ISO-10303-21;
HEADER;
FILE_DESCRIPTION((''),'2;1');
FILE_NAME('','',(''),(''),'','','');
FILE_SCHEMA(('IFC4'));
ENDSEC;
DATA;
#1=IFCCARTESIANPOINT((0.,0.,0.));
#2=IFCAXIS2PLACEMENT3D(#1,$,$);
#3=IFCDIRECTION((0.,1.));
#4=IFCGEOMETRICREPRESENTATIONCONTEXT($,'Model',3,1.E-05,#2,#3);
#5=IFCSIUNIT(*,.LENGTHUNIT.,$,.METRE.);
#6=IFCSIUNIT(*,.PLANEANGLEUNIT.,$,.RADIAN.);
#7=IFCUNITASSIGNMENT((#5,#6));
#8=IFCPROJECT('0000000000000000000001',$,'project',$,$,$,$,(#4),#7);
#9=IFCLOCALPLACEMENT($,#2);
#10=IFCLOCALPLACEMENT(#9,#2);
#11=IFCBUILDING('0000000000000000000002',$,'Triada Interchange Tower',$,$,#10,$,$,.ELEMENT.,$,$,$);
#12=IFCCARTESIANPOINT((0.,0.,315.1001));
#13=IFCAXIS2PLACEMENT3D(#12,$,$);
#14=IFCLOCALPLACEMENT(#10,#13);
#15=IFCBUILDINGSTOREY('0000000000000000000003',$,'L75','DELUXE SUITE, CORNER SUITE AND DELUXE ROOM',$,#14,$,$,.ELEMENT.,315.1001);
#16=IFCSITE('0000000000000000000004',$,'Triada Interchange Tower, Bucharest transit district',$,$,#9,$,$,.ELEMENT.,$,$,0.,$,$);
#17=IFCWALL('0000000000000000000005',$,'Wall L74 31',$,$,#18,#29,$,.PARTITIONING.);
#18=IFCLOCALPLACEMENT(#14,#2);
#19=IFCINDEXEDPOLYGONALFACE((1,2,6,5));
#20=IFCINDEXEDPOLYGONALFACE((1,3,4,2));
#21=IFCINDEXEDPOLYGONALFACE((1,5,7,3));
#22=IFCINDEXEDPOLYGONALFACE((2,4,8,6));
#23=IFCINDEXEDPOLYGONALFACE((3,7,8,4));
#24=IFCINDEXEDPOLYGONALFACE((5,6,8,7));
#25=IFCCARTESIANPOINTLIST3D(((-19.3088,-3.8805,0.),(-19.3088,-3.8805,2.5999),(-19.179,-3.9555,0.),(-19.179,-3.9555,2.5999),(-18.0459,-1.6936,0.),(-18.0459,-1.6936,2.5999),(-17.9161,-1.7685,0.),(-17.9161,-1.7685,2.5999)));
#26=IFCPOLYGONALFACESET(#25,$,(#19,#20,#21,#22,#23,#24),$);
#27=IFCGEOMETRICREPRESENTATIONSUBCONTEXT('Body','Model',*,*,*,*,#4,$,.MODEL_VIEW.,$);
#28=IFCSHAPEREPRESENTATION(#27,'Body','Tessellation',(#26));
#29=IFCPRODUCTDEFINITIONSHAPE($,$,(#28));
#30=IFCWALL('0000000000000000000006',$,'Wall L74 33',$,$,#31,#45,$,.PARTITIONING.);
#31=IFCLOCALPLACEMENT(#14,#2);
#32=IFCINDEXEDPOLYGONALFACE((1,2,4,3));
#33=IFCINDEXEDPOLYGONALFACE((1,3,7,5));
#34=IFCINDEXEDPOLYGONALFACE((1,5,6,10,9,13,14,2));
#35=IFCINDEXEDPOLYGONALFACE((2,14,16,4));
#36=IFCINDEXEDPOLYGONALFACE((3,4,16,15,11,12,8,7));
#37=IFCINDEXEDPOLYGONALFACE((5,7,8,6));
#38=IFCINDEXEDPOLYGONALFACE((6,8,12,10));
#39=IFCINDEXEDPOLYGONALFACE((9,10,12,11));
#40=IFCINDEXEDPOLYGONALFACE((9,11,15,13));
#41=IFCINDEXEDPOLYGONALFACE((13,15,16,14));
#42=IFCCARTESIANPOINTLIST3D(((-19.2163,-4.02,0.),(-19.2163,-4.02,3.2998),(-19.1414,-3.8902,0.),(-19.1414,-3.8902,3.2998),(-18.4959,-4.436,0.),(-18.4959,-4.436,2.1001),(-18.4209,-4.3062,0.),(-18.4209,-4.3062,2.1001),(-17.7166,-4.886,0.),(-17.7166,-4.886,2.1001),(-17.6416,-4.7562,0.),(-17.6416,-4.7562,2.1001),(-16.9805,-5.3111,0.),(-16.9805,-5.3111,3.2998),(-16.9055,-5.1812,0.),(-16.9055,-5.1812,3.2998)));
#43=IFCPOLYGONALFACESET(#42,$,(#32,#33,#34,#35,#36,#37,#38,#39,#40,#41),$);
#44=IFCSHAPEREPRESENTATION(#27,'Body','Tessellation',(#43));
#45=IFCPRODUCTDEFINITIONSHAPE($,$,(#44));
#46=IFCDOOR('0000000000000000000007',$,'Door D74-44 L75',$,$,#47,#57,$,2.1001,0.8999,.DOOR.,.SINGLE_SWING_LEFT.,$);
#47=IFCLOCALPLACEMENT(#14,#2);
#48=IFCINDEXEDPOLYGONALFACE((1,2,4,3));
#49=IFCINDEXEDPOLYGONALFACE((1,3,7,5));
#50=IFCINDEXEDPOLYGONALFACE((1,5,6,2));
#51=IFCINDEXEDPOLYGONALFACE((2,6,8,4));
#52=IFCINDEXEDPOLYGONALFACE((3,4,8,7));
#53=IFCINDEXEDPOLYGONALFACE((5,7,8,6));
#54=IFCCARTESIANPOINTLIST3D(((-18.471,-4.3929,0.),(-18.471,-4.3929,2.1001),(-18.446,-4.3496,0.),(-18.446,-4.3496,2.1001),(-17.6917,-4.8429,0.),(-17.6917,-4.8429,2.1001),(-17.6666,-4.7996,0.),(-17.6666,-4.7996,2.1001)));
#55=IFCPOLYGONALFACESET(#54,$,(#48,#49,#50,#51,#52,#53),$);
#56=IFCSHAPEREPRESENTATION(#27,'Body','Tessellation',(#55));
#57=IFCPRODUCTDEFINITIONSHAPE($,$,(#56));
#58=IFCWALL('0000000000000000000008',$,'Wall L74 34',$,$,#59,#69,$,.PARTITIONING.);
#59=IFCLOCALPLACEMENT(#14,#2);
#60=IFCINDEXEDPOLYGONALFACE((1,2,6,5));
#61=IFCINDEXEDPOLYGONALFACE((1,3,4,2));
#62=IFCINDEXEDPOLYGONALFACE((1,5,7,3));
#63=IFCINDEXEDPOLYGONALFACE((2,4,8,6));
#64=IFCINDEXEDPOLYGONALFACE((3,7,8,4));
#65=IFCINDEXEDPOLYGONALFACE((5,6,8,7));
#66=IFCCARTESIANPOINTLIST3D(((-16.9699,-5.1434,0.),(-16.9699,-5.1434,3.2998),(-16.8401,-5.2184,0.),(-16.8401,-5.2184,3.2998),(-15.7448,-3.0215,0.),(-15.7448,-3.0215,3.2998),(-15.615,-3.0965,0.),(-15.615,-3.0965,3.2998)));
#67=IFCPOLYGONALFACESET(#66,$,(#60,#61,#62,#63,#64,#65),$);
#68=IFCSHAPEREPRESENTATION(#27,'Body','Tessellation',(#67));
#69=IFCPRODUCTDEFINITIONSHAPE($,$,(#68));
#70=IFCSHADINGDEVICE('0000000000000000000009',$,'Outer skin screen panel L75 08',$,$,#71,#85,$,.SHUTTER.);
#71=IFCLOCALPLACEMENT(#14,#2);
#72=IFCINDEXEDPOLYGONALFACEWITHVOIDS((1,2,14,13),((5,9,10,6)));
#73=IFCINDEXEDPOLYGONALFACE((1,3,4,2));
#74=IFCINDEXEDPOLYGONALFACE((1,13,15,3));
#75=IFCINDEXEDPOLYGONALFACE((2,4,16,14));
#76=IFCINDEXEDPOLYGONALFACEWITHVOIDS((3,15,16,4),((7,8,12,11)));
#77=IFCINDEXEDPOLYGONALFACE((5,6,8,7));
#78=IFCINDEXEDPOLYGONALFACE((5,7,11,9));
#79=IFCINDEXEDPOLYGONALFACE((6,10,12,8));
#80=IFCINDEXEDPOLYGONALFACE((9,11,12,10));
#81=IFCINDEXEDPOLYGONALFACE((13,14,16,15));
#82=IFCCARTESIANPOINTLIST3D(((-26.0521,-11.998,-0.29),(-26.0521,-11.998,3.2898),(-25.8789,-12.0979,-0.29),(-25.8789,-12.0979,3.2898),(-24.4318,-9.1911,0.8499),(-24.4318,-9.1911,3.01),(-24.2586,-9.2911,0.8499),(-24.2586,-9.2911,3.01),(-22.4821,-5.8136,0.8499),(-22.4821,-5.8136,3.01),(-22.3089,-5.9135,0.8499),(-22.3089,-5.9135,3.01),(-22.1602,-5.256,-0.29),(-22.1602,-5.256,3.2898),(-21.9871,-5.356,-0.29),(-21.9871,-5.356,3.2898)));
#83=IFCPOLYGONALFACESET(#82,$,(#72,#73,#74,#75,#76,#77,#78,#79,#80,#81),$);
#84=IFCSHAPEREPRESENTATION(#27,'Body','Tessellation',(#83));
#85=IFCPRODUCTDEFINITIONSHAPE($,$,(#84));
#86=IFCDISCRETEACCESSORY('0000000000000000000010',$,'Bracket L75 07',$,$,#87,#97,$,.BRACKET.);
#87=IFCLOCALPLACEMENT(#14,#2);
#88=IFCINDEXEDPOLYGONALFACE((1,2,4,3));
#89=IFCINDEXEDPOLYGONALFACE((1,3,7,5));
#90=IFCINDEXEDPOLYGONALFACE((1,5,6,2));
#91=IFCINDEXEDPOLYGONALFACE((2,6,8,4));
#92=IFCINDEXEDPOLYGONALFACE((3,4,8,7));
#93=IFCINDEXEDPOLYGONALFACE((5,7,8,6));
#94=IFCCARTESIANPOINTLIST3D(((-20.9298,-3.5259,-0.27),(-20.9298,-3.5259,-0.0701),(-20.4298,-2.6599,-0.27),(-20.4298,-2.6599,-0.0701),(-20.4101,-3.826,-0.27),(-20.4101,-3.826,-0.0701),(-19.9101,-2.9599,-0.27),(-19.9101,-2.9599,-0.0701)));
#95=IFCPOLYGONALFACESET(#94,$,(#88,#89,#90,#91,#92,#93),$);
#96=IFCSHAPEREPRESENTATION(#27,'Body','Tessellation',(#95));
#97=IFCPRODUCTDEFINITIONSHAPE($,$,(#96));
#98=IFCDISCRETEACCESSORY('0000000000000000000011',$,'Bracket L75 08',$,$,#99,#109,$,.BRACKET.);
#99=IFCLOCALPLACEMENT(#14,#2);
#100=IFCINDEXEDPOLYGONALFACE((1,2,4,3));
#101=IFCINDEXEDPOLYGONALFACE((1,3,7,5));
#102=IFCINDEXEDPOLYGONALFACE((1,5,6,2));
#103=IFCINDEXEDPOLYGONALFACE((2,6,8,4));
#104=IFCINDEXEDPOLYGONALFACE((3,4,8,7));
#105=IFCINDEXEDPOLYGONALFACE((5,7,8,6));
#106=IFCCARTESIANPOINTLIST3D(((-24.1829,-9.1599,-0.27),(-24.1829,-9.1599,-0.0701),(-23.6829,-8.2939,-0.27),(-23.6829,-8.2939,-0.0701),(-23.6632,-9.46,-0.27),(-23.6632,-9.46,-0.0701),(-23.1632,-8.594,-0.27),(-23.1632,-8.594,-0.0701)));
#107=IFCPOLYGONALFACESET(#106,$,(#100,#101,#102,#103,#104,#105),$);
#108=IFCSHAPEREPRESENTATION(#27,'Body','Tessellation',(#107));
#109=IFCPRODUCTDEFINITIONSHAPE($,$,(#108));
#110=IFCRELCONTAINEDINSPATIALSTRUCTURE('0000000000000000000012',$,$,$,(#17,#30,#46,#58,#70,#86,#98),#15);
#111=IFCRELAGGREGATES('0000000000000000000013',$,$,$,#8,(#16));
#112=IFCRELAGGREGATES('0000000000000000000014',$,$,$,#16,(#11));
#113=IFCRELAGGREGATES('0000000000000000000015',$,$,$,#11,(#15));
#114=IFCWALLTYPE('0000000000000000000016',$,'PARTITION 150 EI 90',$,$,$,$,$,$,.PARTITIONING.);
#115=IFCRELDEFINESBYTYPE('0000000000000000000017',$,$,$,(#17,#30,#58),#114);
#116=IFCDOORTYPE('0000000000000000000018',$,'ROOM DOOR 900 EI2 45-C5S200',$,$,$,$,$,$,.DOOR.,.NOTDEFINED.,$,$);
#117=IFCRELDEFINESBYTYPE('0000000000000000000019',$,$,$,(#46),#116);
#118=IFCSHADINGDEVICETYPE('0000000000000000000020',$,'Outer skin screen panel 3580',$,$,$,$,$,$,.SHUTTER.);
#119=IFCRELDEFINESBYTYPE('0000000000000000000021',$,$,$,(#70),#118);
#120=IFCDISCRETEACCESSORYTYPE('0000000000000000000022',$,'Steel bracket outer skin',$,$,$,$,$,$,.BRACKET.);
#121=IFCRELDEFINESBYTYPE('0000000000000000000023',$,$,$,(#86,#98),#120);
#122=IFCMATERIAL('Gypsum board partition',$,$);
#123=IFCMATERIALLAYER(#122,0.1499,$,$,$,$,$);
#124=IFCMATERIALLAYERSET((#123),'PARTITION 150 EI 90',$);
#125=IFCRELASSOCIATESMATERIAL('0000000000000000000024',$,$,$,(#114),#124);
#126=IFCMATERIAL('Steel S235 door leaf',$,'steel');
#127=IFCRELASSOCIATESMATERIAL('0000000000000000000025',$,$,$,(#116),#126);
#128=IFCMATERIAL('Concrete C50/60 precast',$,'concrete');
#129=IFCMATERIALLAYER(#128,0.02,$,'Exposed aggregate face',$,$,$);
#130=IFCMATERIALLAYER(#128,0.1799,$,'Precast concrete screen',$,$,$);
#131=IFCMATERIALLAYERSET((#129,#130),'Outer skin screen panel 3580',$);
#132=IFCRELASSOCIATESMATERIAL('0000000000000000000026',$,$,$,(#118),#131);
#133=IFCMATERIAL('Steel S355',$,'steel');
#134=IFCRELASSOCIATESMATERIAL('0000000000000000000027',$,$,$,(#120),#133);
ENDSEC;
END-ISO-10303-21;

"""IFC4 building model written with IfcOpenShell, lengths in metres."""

from ifc_helpers import new_model, si_unit, direction, frame, frame_2d, origin, origin_2d, place, context, subcontext, project, spatial, polyline, rectangle, outline, extrude, material, layer, layer_set, type_object, element, fill, save


model = new_model("IFC4")

# Units and contexts
model_context = context("Model", 3, precision=1e-05, world=origin(), true_north=direction((0.0, 1.0)))
body_context = subcontext(model_context, "Body", "Model", "MODEL_VIEW")
ifc_project = project(units=[si_unit("LENGTHUNIT", "METRE"), si_unit("PLANEANGLEUNIT", "RADIAN")], contexts=[model_context])

# Site, building, storey
site_placement = place(None, origin())
site = spatial("IfcSite", under=ifc_project, at=site_placement, Name="Triada Interchange Tower, Bucharest transit district", CompositionType="ELEMENT", RefElevation=0.0)
building_placement = place(site_placement, origin())
building = spatial("IfcBuilding", under=site, at=building_placement, Name="Triada Interchange Tower", CompositionType="ELEMENT")
storey_placement = place(building_placement, frame((0.0, 0.0, 315.1001)))
storey = spatial("IfcBuildingStorey", under=building, at=storey_placement, Name="L75", Description="DELUXE SUITE, CORNER SUITE AND DELUXE ROOM", CompositionType="ELEMENT", Elevation=315.1001)

# Shared definitions
ifc_material_1 = material(Name="Gypsum board partition")
ifc_material_2 = material(Name="Steel S235 door leaf", Category="steel")

# Wall
ifc_layer_1 = layer(ifc_material_1, 0.1499)
ifc_layer_set_1 = layer_set([ifc_layer_1], Name="PARTITION 150 EI 90")
wall_type_1 = type_object("IfcWallType", Name="PARTITION 150 EI 90", PredefinedType="PARTITIONING", material=ifc_layer_set_1)
wall_1_placement = place(storey_placement, frame((-19.2439, -3.918, 0.0), z_axis=(0.0, 0.0, 1.0), x_axis=(0.500079, 0.86598, 0.0)))
element("IfcWall", 1, at=wall_1_placement, inside=storey, type_object=wall_type_1, Name="Wall L74 31", PredefinedType="PARTITIONING", context=body_context, shape_type="SweptSolid", body=[
    extrude(rectangle(XDim=2.5254, YDim=0.1499, at=frame_2d((1.2627, 0.0))), origin(), (0.0, 0.0, 1.0), 2.5999),
])

# Wall, opening, door
wall_2_placement = place(storey_placement, frame((-19.179, -3.9551, 0.0), z_axis=(0.0, 0.0, 1.0), x_axis=(0.866, -0.500044, 0.0)))
wall_2 = element("IfcWall", 2, at=wall_2_placement, inside=storey, type_object=wall_type_1, Name="Wall L74 33", PredefinedType="PARTITIONING", context=body_context, shape_type="SweptSolid", body=[
    extrude(rectangle(XDim=2.5818, YDim=0.1499, at=frame_2d((1.291, 0.0))), origin(), (0.0, 0.0, 1.0), 3.2998),
])
opening_1_placement = place(wall_2_placement, frame((0.832, 0.0, 0.0)))
opening_1 = element("IfcOpeningElement", 3, at=opening_1_placement, cuts=wall_2, PredefinedType="OPENING", context=body_context, shape_type="SweptSolid", body=[
    extrude(rectangle(XDim=0.8999, YDim=2.1001, at=frame_2d((0.45, 1.05))), frame((0.0, 0.085, 0.0), z_axis=(0.0, -1.0, 0.0), x_axis=(1.0, 0.0, 0.0)), (0.0, 0.0, 1.0), 0.1699),
])
door_type_1 = type_object("IfcDoorType", Name="ROOM DOOR 900 EI2 45-C5S200", OperationType="NOTDEFINED", PredefinedType="DOOR", material=ifc_material_2)
door_1_placement = place(opening_1_placement, origin())
door_1 = element("IfcDoor", 4, at=door_1_placement, inside=storey, type_object=door_type_1, Name="Door D74-44 L75", OperationType="SINGLE_SWING_LEFT", OverallHeight=2.1001, OverallWidth=0.8999, PredefinedType="DOOR", context=body_context, shape_type="SweptSolid", body=[
    extrude(rectangle(XDim=0.8999, YDim=2.1001, at=frame_2d((0.45, 1.05))), frame((0.0, 0.0249, 0.0), z_axis=(0.0, -1.0, 0.0), x_axis=(1.0, 0.0, 0.0)), (0.0, 0.0, 1.0), 0.05),
])
fill(opening_1, door_1)

# Wall
wall_3_placement = place(storey_placement, frame((-16.905, -5.1809, 0.0), z_axis=(0.0, 0.0, 1.0), x_axis=(0.500019, 0.866015, 0.0)))
element("IfcWall", 5, at=wall_3_placement, inside=storey, type_object=wall_type_1, Name="Wall L74 34", PredefinedType="PARTITIONING", context=body_context, shape_type="SweptSolid", body=[
    extrude(rectangle(XDim=2.4502, YDim=0.1499, at=frame_2d((1.2251, 0.0))), origin(), (0.0, 0.0, 1.0), 3.2998),
])

# Shading device
ifc_material_3 = material(Name="Concrete C50/60 precast", Category="concrete")
ifc_layer_2 = layer(ifc_material_3, 0.02, Name="Exposed aggregate face")
ifc_layer_3 = layer(ifc_material_3, 0.1799, Name="Precast concrete screen")
ifc_layer_set_2 = layer_set([ifc_layer_2, ifc_layer_3], Name="Outer skin screen panel 3580")
shading_device_type = type_object("IfcShadingDeviceType", Name="Outer skin screen panel 3580", PredefinedType="SHUTTER", material=ifc_layer_set_2)
shading_device_placement = place(storey_placement, frame((-21.9871, -5.356, -0.29), z_axis=(0.0, 0.0, 1.0), x_axis=(-0.499941, -0.86606, 0.0)))
element("IfcShadingDevice", 6, at=shading_device_placement, inside=storey, type_object=shading_device_type, Name="Outer skin screen panel L75 08", PredefinedType="SHUTTER", context=body_context, shape_type="SweptSolid", body=[
    extrude(outline(polyline([(0.0, 0.0), (7.7847, 0.0), (7.7847, 3.5798), (0.0, 3.5798), (0.0, 0.0)]), holes=[polyline([(0.6438, 1.1399), (0.6438, 3.3), (4.5437, 3.3), (4.5437, 1.1399), (0.6438, 1.1399)])]), frame((0.0, 0.0, 0.0), z_axis=(0.0, -1.0, 0.0), x_axis=(1.0, 0.0, 0.0)), (0.0, 0.0, 1.0), 0.2),
])

# Discrete accessories
ifc_material_4 = material(Name="Steel S355", Category="steel")
discrete_accessory_type = type_object("IfcDiscreteAccessoryType", Name="Steel bracket outer skin", PredefinedType="BRACKET", material=ifc_material_4)
for number, where, z_axis, x_axis, name in (
    (7, (-20.4199, -3.2429, -0.27), (0.0, 0.0, 1.0), (-0.866025, 0.500001, 0.0), "Bracket L75 07"),
    (8, (-23.6731, -8.877, -0.27), (0.0, 0.0, 1.0), (-0.866025, 0.500001, 0.0), "Bracket L75 08"),
):
    element("IfcDiscreteAccessory", number, at=place(storey_placement, frame(where, z_axis=z_axis, x_axis=x_axis)), inside=storey, type_object=discrete_accessory_type, Name=name, PredefinedType="BRACKET", context=body_context, shape_type="SweptSolid", body=[
        extrude(rectangle(XDim=0.6001, YDim=1.0, at=origin_2d()), origin(), (0.0, 0.0, 1.0), 0.2),
    ])

save(model, "model.ifc")
